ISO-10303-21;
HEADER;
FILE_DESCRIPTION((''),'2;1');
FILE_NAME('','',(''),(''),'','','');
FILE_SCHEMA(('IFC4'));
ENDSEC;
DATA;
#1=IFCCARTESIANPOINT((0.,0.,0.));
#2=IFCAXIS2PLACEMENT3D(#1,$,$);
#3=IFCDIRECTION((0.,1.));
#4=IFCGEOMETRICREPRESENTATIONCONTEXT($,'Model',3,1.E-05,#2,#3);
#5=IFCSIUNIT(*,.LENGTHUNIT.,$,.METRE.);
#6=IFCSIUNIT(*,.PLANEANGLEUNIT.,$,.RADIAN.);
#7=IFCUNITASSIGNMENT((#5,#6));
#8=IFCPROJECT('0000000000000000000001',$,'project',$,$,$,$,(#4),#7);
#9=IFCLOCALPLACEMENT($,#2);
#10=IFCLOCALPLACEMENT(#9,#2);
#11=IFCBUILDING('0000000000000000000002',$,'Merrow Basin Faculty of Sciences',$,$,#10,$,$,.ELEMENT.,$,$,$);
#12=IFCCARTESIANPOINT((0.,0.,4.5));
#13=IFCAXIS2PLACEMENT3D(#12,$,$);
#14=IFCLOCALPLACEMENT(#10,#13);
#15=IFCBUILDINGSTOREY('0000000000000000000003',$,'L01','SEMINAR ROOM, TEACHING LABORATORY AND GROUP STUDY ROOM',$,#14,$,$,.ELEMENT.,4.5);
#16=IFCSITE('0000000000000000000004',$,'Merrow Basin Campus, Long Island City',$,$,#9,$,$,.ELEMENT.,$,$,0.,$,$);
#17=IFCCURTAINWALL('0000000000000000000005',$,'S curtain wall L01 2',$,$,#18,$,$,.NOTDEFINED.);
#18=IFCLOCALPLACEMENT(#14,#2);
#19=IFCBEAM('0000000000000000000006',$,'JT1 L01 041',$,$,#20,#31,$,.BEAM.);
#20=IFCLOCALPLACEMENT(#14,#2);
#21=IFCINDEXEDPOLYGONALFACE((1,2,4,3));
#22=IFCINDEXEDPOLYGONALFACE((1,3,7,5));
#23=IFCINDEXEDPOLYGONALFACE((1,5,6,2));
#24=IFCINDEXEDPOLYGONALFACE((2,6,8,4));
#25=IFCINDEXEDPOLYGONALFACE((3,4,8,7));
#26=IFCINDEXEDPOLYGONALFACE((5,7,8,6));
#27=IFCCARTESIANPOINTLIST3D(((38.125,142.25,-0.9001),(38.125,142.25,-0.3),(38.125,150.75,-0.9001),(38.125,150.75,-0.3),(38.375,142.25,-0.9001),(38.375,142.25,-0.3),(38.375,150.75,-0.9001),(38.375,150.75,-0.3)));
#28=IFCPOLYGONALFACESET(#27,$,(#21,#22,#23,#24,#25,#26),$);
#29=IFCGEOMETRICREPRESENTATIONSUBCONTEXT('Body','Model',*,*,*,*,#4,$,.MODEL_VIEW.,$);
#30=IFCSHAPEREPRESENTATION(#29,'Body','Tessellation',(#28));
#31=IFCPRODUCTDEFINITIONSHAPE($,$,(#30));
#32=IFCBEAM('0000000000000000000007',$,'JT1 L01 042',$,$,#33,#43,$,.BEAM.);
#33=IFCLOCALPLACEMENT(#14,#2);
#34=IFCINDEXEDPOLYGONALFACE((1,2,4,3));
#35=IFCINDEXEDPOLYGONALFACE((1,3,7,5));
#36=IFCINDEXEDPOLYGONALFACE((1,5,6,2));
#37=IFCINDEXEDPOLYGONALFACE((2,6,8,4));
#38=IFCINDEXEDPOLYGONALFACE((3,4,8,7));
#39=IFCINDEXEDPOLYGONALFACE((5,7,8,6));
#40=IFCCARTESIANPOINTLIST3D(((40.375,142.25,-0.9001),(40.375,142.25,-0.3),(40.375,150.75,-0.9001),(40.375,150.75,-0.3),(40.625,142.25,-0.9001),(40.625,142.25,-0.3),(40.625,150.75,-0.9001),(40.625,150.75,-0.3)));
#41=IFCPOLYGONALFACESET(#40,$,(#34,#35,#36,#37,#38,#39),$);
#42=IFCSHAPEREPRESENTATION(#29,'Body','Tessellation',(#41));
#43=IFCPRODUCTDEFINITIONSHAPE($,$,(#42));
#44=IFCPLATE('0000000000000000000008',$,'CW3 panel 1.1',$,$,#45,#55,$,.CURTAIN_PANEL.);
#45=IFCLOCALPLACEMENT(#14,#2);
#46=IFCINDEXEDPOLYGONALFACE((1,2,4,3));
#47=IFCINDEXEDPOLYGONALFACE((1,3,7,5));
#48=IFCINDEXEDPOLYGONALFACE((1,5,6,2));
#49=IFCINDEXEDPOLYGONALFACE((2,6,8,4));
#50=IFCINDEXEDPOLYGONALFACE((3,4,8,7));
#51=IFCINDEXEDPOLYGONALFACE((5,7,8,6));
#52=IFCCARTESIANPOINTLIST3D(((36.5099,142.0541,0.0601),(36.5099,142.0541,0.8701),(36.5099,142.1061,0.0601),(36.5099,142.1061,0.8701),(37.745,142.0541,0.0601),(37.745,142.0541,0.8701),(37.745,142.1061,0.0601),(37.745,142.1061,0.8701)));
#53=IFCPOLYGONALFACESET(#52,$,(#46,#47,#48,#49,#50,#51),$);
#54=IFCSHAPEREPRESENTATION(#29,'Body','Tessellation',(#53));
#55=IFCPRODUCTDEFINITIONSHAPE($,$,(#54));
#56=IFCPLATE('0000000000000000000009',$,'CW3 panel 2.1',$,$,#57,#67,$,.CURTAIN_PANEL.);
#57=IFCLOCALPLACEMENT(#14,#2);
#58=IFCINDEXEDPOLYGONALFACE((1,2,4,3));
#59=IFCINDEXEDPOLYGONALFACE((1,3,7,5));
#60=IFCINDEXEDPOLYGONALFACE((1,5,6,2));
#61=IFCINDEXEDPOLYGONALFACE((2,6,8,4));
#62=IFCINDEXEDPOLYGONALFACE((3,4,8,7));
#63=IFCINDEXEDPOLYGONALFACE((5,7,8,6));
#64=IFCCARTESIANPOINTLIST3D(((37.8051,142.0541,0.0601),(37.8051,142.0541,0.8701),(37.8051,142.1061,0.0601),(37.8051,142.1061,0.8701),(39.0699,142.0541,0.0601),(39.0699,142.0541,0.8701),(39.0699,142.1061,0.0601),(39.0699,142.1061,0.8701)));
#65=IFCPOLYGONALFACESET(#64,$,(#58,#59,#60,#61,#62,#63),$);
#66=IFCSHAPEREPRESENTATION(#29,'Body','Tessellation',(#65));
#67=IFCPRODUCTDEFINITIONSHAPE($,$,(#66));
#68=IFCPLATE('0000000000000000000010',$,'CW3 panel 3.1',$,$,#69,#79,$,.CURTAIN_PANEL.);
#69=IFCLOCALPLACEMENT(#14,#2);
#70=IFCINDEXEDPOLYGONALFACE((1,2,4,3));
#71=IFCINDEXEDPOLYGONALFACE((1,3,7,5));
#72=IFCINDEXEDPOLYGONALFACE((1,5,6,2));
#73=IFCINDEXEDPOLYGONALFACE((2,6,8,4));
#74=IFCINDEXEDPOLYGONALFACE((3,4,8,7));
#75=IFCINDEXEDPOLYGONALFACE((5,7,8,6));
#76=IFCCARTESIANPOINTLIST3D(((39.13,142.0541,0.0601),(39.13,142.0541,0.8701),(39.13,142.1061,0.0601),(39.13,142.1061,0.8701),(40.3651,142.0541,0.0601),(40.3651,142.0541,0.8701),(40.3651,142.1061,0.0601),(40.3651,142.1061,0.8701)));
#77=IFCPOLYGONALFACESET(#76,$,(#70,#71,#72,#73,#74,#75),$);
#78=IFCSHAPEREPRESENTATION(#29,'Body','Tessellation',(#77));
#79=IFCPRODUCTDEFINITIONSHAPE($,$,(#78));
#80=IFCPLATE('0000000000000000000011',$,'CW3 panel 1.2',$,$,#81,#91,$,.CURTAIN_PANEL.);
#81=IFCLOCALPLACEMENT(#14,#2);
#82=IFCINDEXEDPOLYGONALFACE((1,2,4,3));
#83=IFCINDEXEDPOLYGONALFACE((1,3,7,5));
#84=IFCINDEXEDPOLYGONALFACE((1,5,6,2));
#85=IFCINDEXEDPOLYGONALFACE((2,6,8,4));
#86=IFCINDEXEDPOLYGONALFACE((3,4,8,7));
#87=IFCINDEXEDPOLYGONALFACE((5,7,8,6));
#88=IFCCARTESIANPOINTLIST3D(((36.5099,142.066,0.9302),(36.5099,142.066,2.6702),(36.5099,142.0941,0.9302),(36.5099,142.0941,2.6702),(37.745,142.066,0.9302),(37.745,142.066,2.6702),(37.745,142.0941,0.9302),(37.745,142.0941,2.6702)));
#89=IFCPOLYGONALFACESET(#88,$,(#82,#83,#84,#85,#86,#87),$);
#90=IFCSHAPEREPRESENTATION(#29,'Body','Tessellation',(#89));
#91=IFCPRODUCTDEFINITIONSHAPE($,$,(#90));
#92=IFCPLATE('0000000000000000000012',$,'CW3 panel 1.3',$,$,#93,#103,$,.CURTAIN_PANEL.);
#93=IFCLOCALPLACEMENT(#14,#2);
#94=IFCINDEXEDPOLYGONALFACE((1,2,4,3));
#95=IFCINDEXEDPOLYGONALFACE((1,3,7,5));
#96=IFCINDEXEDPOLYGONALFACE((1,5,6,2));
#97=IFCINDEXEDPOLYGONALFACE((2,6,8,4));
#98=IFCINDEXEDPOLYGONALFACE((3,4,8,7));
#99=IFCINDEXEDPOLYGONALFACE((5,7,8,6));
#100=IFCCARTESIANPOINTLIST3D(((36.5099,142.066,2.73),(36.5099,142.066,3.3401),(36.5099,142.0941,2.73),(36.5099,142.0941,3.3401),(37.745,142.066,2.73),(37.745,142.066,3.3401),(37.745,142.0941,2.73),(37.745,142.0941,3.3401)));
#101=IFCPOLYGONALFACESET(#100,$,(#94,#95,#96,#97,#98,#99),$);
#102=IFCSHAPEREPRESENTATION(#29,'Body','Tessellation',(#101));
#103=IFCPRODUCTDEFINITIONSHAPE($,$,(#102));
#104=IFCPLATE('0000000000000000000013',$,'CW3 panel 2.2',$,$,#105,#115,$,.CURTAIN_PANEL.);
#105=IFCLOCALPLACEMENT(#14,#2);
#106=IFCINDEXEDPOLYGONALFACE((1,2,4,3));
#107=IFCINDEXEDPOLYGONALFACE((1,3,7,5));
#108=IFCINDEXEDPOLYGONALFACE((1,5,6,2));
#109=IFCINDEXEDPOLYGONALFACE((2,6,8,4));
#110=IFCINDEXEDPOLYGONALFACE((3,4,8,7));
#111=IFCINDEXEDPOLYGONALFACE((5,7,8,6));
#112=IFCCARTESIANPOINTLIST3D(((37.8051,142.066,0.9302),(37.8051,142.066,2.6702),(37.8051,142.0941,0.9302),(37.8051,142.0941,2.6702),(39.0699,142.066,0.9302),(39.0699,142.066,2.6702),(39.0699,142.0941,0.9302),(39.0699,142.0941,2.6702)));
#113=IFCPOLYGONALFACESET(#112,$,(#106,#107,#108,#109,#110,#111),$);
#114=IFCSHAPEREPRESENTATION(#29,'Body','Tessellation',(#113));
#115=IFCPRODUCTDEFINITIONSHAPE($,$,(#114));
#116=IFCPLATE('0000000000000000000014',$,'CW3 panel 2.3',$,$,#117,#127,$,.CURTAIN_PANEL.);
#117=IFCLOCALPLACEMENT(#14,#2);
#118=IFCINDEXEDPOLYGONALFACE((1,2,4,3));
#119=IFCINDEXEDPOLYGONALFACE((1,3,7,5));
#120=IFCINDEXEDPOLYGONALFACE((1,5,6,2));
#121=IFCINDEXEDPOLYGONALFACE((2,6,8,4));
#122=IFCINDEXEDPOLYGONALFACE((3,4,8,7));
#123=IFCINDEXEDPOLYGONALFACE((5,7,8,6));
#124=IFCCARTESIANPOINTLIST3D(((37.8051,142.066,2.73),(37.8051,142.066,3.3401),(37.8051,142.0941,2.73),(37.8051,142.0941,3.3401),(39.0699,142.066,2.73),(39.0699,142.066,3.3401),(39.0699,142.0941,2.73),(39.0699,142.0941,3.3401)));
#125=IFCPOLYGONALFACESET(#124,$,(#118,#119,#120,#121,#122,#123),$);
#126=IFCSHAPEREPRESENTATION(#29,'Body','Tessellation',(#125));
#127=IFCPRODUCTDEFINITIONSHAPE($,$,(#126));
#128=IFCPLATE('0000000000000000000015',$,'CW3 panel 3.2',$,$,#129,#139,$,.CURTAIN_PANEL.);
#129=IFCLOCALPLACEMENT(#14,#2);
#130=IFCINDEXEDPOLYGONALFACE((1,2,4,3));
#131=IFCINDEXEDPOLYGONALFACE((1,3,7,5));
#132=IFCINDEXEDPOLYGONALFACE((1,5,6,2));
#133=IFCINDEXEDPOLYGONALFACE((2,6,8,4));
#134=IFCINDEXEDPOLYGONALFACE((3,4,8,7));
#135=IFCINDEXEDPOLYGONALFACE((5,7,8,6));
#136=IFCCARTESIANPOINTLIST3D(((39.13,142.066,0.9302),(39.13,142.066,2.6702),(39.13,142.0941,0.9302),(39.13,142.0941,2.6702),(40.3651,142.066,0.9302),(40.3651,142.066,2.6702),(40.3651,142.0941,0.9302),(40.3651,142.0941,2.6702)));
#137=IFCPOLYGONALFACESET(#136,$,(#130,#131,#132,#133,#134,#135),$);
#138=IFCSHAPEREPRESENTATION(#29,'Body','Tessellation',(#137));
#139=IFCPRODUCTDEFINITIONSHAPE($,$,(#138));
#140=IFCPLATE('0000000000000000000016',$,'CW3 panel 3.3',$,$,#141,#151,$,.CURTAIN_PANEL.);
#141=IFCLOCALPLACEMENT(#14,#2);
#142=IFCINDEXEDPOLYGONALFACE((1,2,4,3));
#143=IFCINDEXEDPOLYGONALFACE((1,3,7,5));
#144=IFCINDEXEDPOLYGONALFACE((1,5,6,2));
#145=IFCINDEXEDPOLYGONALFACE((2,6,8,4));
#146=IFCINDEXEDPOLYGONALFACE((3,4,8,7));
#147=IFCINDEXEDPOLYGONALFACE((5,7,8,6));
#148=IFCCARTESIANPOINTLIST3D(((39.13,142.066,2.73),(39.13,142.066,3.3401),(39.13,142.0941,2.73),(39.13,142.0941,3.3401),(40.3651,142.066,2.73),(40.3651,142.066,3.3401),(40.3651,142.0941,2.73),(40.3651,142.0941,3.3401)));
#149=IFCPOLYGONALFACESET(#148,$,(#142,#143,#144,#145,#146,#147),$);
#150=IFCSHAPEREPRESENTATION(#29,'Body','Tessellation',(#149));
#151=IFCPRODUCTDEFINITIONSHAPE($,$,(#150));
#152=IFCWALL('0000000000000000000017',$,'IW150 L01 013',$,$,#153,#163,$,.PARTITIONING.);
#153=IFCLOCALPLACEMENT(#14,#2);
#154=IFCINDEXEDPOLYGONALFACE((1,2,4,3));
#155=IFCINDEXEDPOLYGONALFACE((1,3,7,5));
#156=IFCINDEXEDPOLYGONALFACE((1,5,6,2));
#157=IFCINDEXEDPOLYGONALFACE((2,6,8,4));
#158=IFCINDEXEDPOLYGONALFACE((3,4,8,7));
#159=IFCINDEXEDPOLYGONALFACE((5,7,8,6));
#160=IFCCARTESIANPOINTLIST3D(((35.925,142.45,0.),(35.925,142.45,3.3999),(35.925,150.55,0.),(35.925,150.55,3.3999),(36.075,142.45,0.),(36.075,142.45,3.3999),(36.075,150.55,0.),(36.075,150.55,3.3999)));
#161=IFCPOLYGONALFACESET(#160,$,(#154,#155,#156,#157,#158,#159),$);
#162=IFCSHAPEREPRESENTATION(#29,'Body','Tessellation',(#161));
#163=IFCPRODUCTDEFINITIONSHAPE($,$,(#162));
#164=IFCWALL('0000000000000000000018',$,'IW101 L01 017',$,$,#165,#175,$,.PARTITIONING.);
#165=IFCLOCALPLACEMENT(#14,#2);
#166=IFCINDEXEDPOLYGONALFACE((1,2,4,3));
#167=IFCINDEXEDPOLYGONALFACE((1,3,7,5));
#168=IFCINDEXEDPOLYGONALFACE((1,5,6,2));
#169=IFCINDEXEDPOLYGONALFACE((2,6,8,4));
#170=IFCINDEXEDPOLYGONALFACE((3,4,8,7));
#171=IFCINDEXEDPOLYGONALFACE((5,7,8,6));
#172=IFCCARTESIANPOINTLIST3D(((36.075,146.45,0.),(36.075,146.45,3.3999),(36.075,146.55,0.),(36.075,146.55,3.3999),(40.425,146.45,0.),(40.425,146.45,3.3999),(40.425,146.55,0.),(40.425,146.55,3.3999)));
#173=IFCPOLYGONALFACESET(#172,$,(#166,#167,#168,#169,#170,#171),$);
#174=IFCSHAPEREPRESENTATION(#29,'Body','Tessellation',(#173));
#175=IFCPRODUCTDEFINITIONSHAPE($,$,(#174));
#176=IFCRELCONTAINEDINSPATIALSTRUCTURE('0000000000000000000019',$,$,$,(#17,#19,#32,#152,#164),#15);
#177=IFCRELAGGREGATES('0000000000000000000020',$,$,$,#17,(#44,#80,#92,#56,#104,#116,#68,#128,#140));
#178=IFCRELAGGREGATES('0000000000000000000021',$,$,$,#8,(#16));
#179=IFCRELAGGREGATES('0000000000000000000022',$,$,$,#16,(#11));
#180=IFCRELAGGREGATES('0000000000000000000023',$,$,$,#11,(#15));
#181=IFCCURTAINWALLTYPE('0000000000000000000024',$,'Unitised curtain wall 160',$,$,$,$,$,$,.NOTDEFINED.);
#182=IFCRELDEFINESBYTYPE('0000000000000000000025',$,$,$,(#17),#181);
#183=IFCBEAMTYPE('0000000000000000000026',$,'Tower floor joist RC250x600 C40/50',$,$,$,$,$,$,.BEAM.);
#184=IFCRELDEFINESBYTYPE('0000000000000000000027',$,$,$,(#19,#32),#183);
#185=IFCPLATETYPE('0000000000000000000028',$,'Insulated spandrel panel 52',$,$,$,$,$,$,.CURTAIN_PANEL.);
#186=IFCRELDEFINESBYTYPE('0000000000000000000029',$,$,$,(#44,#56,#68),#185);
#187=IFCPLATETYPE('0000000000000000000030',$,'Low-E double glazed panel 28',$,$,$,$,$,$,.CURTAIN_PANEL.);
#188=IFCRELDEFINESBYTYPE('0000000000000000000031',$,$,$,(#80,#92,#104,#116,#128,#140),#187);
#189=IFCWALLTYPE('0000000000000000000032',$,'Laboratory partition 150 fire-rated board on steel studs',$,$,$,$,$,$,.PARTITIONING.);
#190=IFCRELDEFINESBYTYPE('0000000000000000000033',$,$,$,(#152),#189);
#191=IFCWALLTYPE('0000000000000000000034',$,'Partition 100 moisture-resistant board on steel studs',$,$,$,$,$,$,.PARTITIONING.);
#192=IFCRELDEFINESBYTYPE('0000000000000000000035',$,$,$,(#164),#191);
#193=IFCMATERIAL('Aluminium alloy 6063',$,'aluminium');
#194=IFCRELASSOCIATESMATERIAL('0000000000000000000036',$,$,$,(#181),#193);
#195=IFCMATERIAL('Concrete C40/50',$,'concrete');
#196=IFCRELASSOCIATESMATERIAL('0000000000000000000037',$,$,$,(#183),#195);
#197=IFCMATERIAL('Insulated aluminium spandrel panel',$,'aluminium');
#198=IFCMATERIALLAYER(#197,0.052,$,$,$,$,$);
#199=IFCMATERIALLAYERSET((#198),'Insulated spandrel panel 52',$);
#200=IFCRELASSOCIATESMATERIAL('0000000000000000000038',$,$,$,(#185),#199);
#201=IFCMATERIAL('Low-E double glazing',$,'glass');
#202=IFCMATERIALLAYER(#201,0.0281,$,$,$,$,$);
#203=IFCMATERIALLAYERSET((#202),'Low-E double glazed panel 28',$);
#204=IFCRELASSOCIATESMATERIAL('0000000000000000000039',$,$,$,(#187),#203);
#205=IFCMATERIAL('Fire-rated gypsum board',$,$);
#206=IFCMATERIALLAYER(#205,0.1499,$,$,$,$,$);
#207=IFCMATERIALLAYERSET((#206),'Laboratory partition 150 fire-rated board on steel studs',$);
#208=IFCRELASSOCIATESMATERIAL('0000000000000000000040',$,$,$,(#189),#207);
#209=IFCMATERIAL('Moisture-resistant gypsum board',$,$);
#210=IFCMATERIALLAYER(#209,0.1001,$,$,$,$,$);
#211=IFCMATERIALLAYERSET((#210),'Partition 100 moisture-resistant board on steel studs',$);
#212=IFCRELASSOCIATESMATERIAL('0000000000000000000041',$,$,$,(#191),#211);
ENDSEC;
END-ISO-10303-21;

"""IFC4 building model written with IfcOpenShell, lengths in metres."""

from ifc_helpers import new_model, si_unit, direction, frame, frame_2d, origin, origin_2d, place, context, subcontext, project, spatial, rectangle, extrude, material, layer, layer_set, material_profile, profile_set, type_object, element, aggregate, save


model = new_model("IFC4")

# Units and contexts
model_context = context("Model", 3, precision=1e-05, world=origin(), true_north=direction((0.0, 1.0)))
body_context = subcontext(model_context, "Body", "Model", "MODEL_VIEW")
ifc_project = project(units=[si_unit("LENGTHUNIT", "METRE"), si_unit("PLANEANGLEUNIT", "RADIAN")], contexts=[model_context])

# Site, building, storey
site_placement = place(None, origin())
site = spatial("IfcSite", under=ifc_project, at=site_placement, Name="Merrow Basin Campus, Long Island City", CompositionType="ELEMENT", RefElevation=0.0)
building_placement = place(site_placement, origin())
building = spatial("IfcBuilding", under=site, at=building_placement, Name="Merrow Basin Faculty of Sciences", CompositionType="ELEMENT")
storey_placement = place(building_placement, frame((0.0, 0.0, 4.5)))
storey = spatial("IfcBuildingStorey", under=building, at=storey_placement, Name="L01", Description="SEMINAR ROOM, TEACHING LABORATORY AND GROUP STUDY ROOM", CompositionType="ELEMENT", Elevation=4.5)

# Curtain wall
ifc_material_1 = material(Name="Aluminium alloy 6063", Category="aluminium")
curtain_wall_type = type_object("IfcCurtainWallType", Name="Unitised curtain wall 160", PredefinedType="NOTDEFINED", material=ifc_material_1)
curtain_wall_placement = place(storey_placement, origin())
curtain_wall = element("IfcCurtainWall", 1, at=curtain_wall_placement, inside=storey, type_object=curtain_wall_type, Name="S curtain wall L01 2", PredefinedType="NOTDEFINED")

# Beams
ifc_material_2 = material(Name="Concrete C40/50", Category="concrete")
ifc_material_profile_1 = material_profile(ifc_material_2, rectangle(XDim=0.25, YDim=0.6001, at=origin_2d()))
ifc_profile_set_1 = profile_set([ifc_material_profile_1], Name="Concrete C40/50")
beam_type_1 = type_object("IfcBeamType", Name="Tower floor joist RC250x600 C40/50", PredefinedType="BEAM", material=ifc_profile_set_1)
for number, where, z_axis, x_axis, name in (
    (2, (38.25, 142.25, -0.6001), (0.0, 1.0, 0.0), (-1.0, 0.0, 0.0), "JT1 L01 041"),
    (3, (40.5, 142.25, -0.6001), (0.0, 1.0, 0.0), (-1.0, 0.0, 0.0), "JT1 L01 042"),
):
    element("IfcBeam", number, at=place(storey_placement, frame(where, z_axis=z_axis, x_axis=x_axis)), inside=storey, type_object=beam_type_1, Name=name, PredefinedType="BEAM", context=body_context, shape_type="SweptSolid", body=[
        extrude(rectangle(XDim=0.25, YDim=0.6001, at=origin_2d()), origin(), (0.0, 0.0, 1.0), 8.5),
    ])

# Plates
ifc_material_3 = material(Name="Insulated aluminium spandrel panel", Category="aluminium")
ifc_layer_1 = layer(ifc_material_3, 0.052)
ifc_layer_set_1 = layer_set([ifc_layer_1], Name="Insulated spandrel panel 52")
plate_type_1 = type_object("IfcPlateType", Name="Insulated spandrel panel 52", PredefinedType="CURTAIN_PANEL", material=ifc_layer_set_1)
plate_1_placement = place(storey_placement, frame((37.1274, 142.0801, 0.0601), z_axis=(0.0, 0.0, 1.0), x_axis=(1.0, 0.0, 0.0)))
plate_1 = element("IfcPlate", 4, at=plate_1_placement, type_object=plate_type_1, Name="CW3 panel 1.1", PredefinedType="CURTAIN_PANEL", context=body_context, shape_type="SweptSolid", body=[
    extrude(rectangle(XDim=1.2351, YDim=0.052, at=origin_2d()), origin(), (0.0, 0.0, 1.0), 0.8101),
])
plate_2_placement = place(storey_placement, frame((38.4375, 142.0801, 0.0601), z_axis=(0.0, 0.0, 1.0), x_axis=(1.0, 0.0, 0.0)))
plate_2 = element("IfcPlate", 5, at=plate_2_placement, type_object=plate_type_1, Name="CW3 panel 2.1", PredefinedType="CURTAIN_PANEL", context=body_context, shape_type="SweptSolid", body=[
    extrude(rectangle(XDim=1.2649, YDim=0.052, at=origin_2d()), origin(), (0.0, 0.0, 1.0), 0.8101),
])
plate_3_placement = place(storey_placement, frame((39.7476, 142.0801, 0.0601), z_axis=(0.0, 0.0, 1.0), x_axis=(1.0, 0.0, 0.0)))
plate_3 = element("IfcPlate", 6, at=plate_3_placement, type_object=plate_type_1, Name="CW3 panel 3.1", PredefinedType="CURTAIN_PANEL", context=body_context, shape_type="SweptSolid", body=[
    extrude(rectangle(XDim=1.2351, YDim=0.052, at=origin_2d()), origin(), (0.0, 0.0, 1.0), 0.8101),
])
ifc_material_4 = material(Name="Low-E double glazing", Category="glass")
ifc_layer_2 = layer(ifc_material_4, 0.0281)
ifc_layer_set_2 = layer_set([ifc_layer_2], Name="Low-E double glazed panel 28")
plate_type_2 = type_object("IfcPlateType", Name="Low-E double glazed panel 28", PredefinedType="CURTAIN_PANEL", material=ifc_layer_set_2)
plate_4_placement = place(storey_placement, frame((37.1274, 142.0801, 0.9302), z_axis=(0.0, 0.0, 1.0), x_axis=(1.0, 0.0, 0.0)))
plate_4 = element("IfcPlate", 7, at=plate_4_placement, type_object=plate_type_2, Name="CW3 panel 1.2", PredefinedType="CURTAIN_PANEL", context=body_context, shape_type="SweptSolid", body=[
    extrude(rectangle(XDim=1.2351, YDim=0.0281, at=origin_2d()), origin(), (0.0, 0.0, 1.0), 1.74),
])
plate_5_placement = place(storey_placement, frame((37.1274, 142.0801, 2.73), z_axis=(0.0, 0.0, 1.0), x_axis=(1.0, 0.0, 0.0)))
plate_5 = element("IfcPlate", 8, at=plate_5_placement, type_object=plate_type_2, Name="CW3 panel 1.3", PredefinedType="CURTAIN_PANEL", context=body_context, shape_type="SweptSolid", body=[
    extrude(rectangle(XDim=1.2351, YDim=0.0281, at=origin_2d()), origin(), (0.0, 0.0, 1.0), 0.6101),
])
plate_6_placement = place(storey_placement, frame((38.4375, 142.0801, 0.9302), z_axis=(0.0, 0.0, 1.0), x_axis=(1.0, 0.0, 0.0)))
plate_6 = element("IfcPlate", 9, at=plate_6_placement, type_object=plate_type_2, Name="CW3 panel 2.2", PredefinedType="CURTAIN_PANEL", context=body_context, shape_type="SweptSolid", body=[
    extrude(rectangle(XDim=1.2649, YDim=0.0281, at=origin_2d()), origin(), (0.0, 0.0, 1.0), 1.74),
])
plate_7_placement = place(storey_placement, frame((38.4375, 142.0801, 2.73), z_axis=(0.0, 0.0, 1.0), x_axis=(1.0, 0.0, 0.0)))
plate_7 = element("IfcPlate", 10, at=plate_7_placement, type_object=plate_type_2, Name="CW3 panel 2.3", PredefinedType="CURTAIN_PANEL", context=body_context, shape_type="SweptSolid", body=[
    extrude(rectangle(XDim=1.2649, YDim=0.0281, at=origin_2d()), origin(), (0.0, 0.0, 1.0), 0.6101),
])
plate_8_placement = place(storey_placement, frame((39.7476, 142.0801, 0.9302), z_axis=(0.0, 0.0, 1.0), x_axis=(1.0, 0.0, 0.0)))
plate_8 = element("IfcPlate", 11, at=plate_8_placement, type_object=plate_type_2, Name="CW3 panel 3.2", PredefinedType="CURTAIN_PANEL", context=body_context, shape_type="SweptSolid", body=[
    extrude(rectangle(XDim=1.2351, YDim=0.0281, at=origin_2d()), origin(), (0.0, 0.0, 1.0), 1.74),
])
plate_9_placement = place(storey_placement, frame((39.7476, 142.0801, 2.73), z_axis=(0.0, 0.0, 1.0), x_axis=(1.0, 0.0, 0.0)))
plate_9 = element("IfcPlate", 12, at=plate_9_placement, type_object=plate_type_2, Name="CW3 panel 3.3", PredefinedType="CURTAIN_PANEL", context=body_context, shape_type="SweptSolid", body=[
    extrude(rectangle(XDim=1.2351, YDim=0.0281, at=origin_2d()), origin(), (0.0, 0.0, 1.0), 0.6101),
])
aggregate(curtain_wall, [plate_1, plate_4, plate_5, plate_2, plate_6, plate_7, plate_3, plate_8, plate_9])

# Walls
ifc_material_5 = material(Name="Fire-rated gypsum board")
ifc_layer_3 = layer(ifc_material_5, 0.1499)
ifc_layer_set_3 = layer_set([ifc_layer_3], Name="Laboratory partition 150 fire-rated board on steel studs")
wall_type_1 = type_object("IfcWallType", Name="Laboratory partition 150 fire-rated board on steel studs", PredefinedType="PARTITIONING", material=ifc_layer_set_3)
wall_1_placement = place(storey_placement, frame((36.0, 142.45, 0.0), z_axis=(0.0, 0.0, 1.0), x_axis=(0.0, 1.0, 0.0)))
element("IfcWall", 13, at=wall_1_placement, inside=storey, type_object=wall_type_1, Name="IW150 L01 013", PredefinedType="PARTITIONING", context=body_context, shape_type="SweptSolid", body=[
    extrude(rectangle(XDim=8.1001, YDim=0.1499, at=frame_2d((4.05, 0.0))), origin(), (0.0, 0.0, 1.0), 3.3999),
])
ifc_material_6 = material(Name="Moisture-resistant gypsum board")
ifc_layer_4 = layer(ifc_material_6, 0.1001)
ifc_layer_set_4 = layer_set([ifc_layer_4], Name="Partition 100 moisture-resistant board on steel studs")
wall_type_2 = type_object("IfcWallType", Name="Partition 100 moisture-resistant board on steel studs", PredefinedType="PARTITIONING", material=ifc_layer_set_4)
wall_2_placement = place(storey_placement, frame((36.075, 146.5, 0.0), z_axis=(0.0, 0.0, 1.0), x_axis=(1.0, 0.0, 0.0)))
element("IfcWall", 14, at=wall_2_placement, inside=storey, type_object=wall_type_2, Name="IW101 L01 017", PredefinedType="PARTITIONING", context=body_context, shape_type="SweptSolid", body=[
    extrude(rectangle(XDim=4.3501, YDim=0.1001, at=frame_2d((2.175, 0.0))), origin(), (0.0, 0.0, 1.0), 3.3999),
])

save(model, "model.ifc")
